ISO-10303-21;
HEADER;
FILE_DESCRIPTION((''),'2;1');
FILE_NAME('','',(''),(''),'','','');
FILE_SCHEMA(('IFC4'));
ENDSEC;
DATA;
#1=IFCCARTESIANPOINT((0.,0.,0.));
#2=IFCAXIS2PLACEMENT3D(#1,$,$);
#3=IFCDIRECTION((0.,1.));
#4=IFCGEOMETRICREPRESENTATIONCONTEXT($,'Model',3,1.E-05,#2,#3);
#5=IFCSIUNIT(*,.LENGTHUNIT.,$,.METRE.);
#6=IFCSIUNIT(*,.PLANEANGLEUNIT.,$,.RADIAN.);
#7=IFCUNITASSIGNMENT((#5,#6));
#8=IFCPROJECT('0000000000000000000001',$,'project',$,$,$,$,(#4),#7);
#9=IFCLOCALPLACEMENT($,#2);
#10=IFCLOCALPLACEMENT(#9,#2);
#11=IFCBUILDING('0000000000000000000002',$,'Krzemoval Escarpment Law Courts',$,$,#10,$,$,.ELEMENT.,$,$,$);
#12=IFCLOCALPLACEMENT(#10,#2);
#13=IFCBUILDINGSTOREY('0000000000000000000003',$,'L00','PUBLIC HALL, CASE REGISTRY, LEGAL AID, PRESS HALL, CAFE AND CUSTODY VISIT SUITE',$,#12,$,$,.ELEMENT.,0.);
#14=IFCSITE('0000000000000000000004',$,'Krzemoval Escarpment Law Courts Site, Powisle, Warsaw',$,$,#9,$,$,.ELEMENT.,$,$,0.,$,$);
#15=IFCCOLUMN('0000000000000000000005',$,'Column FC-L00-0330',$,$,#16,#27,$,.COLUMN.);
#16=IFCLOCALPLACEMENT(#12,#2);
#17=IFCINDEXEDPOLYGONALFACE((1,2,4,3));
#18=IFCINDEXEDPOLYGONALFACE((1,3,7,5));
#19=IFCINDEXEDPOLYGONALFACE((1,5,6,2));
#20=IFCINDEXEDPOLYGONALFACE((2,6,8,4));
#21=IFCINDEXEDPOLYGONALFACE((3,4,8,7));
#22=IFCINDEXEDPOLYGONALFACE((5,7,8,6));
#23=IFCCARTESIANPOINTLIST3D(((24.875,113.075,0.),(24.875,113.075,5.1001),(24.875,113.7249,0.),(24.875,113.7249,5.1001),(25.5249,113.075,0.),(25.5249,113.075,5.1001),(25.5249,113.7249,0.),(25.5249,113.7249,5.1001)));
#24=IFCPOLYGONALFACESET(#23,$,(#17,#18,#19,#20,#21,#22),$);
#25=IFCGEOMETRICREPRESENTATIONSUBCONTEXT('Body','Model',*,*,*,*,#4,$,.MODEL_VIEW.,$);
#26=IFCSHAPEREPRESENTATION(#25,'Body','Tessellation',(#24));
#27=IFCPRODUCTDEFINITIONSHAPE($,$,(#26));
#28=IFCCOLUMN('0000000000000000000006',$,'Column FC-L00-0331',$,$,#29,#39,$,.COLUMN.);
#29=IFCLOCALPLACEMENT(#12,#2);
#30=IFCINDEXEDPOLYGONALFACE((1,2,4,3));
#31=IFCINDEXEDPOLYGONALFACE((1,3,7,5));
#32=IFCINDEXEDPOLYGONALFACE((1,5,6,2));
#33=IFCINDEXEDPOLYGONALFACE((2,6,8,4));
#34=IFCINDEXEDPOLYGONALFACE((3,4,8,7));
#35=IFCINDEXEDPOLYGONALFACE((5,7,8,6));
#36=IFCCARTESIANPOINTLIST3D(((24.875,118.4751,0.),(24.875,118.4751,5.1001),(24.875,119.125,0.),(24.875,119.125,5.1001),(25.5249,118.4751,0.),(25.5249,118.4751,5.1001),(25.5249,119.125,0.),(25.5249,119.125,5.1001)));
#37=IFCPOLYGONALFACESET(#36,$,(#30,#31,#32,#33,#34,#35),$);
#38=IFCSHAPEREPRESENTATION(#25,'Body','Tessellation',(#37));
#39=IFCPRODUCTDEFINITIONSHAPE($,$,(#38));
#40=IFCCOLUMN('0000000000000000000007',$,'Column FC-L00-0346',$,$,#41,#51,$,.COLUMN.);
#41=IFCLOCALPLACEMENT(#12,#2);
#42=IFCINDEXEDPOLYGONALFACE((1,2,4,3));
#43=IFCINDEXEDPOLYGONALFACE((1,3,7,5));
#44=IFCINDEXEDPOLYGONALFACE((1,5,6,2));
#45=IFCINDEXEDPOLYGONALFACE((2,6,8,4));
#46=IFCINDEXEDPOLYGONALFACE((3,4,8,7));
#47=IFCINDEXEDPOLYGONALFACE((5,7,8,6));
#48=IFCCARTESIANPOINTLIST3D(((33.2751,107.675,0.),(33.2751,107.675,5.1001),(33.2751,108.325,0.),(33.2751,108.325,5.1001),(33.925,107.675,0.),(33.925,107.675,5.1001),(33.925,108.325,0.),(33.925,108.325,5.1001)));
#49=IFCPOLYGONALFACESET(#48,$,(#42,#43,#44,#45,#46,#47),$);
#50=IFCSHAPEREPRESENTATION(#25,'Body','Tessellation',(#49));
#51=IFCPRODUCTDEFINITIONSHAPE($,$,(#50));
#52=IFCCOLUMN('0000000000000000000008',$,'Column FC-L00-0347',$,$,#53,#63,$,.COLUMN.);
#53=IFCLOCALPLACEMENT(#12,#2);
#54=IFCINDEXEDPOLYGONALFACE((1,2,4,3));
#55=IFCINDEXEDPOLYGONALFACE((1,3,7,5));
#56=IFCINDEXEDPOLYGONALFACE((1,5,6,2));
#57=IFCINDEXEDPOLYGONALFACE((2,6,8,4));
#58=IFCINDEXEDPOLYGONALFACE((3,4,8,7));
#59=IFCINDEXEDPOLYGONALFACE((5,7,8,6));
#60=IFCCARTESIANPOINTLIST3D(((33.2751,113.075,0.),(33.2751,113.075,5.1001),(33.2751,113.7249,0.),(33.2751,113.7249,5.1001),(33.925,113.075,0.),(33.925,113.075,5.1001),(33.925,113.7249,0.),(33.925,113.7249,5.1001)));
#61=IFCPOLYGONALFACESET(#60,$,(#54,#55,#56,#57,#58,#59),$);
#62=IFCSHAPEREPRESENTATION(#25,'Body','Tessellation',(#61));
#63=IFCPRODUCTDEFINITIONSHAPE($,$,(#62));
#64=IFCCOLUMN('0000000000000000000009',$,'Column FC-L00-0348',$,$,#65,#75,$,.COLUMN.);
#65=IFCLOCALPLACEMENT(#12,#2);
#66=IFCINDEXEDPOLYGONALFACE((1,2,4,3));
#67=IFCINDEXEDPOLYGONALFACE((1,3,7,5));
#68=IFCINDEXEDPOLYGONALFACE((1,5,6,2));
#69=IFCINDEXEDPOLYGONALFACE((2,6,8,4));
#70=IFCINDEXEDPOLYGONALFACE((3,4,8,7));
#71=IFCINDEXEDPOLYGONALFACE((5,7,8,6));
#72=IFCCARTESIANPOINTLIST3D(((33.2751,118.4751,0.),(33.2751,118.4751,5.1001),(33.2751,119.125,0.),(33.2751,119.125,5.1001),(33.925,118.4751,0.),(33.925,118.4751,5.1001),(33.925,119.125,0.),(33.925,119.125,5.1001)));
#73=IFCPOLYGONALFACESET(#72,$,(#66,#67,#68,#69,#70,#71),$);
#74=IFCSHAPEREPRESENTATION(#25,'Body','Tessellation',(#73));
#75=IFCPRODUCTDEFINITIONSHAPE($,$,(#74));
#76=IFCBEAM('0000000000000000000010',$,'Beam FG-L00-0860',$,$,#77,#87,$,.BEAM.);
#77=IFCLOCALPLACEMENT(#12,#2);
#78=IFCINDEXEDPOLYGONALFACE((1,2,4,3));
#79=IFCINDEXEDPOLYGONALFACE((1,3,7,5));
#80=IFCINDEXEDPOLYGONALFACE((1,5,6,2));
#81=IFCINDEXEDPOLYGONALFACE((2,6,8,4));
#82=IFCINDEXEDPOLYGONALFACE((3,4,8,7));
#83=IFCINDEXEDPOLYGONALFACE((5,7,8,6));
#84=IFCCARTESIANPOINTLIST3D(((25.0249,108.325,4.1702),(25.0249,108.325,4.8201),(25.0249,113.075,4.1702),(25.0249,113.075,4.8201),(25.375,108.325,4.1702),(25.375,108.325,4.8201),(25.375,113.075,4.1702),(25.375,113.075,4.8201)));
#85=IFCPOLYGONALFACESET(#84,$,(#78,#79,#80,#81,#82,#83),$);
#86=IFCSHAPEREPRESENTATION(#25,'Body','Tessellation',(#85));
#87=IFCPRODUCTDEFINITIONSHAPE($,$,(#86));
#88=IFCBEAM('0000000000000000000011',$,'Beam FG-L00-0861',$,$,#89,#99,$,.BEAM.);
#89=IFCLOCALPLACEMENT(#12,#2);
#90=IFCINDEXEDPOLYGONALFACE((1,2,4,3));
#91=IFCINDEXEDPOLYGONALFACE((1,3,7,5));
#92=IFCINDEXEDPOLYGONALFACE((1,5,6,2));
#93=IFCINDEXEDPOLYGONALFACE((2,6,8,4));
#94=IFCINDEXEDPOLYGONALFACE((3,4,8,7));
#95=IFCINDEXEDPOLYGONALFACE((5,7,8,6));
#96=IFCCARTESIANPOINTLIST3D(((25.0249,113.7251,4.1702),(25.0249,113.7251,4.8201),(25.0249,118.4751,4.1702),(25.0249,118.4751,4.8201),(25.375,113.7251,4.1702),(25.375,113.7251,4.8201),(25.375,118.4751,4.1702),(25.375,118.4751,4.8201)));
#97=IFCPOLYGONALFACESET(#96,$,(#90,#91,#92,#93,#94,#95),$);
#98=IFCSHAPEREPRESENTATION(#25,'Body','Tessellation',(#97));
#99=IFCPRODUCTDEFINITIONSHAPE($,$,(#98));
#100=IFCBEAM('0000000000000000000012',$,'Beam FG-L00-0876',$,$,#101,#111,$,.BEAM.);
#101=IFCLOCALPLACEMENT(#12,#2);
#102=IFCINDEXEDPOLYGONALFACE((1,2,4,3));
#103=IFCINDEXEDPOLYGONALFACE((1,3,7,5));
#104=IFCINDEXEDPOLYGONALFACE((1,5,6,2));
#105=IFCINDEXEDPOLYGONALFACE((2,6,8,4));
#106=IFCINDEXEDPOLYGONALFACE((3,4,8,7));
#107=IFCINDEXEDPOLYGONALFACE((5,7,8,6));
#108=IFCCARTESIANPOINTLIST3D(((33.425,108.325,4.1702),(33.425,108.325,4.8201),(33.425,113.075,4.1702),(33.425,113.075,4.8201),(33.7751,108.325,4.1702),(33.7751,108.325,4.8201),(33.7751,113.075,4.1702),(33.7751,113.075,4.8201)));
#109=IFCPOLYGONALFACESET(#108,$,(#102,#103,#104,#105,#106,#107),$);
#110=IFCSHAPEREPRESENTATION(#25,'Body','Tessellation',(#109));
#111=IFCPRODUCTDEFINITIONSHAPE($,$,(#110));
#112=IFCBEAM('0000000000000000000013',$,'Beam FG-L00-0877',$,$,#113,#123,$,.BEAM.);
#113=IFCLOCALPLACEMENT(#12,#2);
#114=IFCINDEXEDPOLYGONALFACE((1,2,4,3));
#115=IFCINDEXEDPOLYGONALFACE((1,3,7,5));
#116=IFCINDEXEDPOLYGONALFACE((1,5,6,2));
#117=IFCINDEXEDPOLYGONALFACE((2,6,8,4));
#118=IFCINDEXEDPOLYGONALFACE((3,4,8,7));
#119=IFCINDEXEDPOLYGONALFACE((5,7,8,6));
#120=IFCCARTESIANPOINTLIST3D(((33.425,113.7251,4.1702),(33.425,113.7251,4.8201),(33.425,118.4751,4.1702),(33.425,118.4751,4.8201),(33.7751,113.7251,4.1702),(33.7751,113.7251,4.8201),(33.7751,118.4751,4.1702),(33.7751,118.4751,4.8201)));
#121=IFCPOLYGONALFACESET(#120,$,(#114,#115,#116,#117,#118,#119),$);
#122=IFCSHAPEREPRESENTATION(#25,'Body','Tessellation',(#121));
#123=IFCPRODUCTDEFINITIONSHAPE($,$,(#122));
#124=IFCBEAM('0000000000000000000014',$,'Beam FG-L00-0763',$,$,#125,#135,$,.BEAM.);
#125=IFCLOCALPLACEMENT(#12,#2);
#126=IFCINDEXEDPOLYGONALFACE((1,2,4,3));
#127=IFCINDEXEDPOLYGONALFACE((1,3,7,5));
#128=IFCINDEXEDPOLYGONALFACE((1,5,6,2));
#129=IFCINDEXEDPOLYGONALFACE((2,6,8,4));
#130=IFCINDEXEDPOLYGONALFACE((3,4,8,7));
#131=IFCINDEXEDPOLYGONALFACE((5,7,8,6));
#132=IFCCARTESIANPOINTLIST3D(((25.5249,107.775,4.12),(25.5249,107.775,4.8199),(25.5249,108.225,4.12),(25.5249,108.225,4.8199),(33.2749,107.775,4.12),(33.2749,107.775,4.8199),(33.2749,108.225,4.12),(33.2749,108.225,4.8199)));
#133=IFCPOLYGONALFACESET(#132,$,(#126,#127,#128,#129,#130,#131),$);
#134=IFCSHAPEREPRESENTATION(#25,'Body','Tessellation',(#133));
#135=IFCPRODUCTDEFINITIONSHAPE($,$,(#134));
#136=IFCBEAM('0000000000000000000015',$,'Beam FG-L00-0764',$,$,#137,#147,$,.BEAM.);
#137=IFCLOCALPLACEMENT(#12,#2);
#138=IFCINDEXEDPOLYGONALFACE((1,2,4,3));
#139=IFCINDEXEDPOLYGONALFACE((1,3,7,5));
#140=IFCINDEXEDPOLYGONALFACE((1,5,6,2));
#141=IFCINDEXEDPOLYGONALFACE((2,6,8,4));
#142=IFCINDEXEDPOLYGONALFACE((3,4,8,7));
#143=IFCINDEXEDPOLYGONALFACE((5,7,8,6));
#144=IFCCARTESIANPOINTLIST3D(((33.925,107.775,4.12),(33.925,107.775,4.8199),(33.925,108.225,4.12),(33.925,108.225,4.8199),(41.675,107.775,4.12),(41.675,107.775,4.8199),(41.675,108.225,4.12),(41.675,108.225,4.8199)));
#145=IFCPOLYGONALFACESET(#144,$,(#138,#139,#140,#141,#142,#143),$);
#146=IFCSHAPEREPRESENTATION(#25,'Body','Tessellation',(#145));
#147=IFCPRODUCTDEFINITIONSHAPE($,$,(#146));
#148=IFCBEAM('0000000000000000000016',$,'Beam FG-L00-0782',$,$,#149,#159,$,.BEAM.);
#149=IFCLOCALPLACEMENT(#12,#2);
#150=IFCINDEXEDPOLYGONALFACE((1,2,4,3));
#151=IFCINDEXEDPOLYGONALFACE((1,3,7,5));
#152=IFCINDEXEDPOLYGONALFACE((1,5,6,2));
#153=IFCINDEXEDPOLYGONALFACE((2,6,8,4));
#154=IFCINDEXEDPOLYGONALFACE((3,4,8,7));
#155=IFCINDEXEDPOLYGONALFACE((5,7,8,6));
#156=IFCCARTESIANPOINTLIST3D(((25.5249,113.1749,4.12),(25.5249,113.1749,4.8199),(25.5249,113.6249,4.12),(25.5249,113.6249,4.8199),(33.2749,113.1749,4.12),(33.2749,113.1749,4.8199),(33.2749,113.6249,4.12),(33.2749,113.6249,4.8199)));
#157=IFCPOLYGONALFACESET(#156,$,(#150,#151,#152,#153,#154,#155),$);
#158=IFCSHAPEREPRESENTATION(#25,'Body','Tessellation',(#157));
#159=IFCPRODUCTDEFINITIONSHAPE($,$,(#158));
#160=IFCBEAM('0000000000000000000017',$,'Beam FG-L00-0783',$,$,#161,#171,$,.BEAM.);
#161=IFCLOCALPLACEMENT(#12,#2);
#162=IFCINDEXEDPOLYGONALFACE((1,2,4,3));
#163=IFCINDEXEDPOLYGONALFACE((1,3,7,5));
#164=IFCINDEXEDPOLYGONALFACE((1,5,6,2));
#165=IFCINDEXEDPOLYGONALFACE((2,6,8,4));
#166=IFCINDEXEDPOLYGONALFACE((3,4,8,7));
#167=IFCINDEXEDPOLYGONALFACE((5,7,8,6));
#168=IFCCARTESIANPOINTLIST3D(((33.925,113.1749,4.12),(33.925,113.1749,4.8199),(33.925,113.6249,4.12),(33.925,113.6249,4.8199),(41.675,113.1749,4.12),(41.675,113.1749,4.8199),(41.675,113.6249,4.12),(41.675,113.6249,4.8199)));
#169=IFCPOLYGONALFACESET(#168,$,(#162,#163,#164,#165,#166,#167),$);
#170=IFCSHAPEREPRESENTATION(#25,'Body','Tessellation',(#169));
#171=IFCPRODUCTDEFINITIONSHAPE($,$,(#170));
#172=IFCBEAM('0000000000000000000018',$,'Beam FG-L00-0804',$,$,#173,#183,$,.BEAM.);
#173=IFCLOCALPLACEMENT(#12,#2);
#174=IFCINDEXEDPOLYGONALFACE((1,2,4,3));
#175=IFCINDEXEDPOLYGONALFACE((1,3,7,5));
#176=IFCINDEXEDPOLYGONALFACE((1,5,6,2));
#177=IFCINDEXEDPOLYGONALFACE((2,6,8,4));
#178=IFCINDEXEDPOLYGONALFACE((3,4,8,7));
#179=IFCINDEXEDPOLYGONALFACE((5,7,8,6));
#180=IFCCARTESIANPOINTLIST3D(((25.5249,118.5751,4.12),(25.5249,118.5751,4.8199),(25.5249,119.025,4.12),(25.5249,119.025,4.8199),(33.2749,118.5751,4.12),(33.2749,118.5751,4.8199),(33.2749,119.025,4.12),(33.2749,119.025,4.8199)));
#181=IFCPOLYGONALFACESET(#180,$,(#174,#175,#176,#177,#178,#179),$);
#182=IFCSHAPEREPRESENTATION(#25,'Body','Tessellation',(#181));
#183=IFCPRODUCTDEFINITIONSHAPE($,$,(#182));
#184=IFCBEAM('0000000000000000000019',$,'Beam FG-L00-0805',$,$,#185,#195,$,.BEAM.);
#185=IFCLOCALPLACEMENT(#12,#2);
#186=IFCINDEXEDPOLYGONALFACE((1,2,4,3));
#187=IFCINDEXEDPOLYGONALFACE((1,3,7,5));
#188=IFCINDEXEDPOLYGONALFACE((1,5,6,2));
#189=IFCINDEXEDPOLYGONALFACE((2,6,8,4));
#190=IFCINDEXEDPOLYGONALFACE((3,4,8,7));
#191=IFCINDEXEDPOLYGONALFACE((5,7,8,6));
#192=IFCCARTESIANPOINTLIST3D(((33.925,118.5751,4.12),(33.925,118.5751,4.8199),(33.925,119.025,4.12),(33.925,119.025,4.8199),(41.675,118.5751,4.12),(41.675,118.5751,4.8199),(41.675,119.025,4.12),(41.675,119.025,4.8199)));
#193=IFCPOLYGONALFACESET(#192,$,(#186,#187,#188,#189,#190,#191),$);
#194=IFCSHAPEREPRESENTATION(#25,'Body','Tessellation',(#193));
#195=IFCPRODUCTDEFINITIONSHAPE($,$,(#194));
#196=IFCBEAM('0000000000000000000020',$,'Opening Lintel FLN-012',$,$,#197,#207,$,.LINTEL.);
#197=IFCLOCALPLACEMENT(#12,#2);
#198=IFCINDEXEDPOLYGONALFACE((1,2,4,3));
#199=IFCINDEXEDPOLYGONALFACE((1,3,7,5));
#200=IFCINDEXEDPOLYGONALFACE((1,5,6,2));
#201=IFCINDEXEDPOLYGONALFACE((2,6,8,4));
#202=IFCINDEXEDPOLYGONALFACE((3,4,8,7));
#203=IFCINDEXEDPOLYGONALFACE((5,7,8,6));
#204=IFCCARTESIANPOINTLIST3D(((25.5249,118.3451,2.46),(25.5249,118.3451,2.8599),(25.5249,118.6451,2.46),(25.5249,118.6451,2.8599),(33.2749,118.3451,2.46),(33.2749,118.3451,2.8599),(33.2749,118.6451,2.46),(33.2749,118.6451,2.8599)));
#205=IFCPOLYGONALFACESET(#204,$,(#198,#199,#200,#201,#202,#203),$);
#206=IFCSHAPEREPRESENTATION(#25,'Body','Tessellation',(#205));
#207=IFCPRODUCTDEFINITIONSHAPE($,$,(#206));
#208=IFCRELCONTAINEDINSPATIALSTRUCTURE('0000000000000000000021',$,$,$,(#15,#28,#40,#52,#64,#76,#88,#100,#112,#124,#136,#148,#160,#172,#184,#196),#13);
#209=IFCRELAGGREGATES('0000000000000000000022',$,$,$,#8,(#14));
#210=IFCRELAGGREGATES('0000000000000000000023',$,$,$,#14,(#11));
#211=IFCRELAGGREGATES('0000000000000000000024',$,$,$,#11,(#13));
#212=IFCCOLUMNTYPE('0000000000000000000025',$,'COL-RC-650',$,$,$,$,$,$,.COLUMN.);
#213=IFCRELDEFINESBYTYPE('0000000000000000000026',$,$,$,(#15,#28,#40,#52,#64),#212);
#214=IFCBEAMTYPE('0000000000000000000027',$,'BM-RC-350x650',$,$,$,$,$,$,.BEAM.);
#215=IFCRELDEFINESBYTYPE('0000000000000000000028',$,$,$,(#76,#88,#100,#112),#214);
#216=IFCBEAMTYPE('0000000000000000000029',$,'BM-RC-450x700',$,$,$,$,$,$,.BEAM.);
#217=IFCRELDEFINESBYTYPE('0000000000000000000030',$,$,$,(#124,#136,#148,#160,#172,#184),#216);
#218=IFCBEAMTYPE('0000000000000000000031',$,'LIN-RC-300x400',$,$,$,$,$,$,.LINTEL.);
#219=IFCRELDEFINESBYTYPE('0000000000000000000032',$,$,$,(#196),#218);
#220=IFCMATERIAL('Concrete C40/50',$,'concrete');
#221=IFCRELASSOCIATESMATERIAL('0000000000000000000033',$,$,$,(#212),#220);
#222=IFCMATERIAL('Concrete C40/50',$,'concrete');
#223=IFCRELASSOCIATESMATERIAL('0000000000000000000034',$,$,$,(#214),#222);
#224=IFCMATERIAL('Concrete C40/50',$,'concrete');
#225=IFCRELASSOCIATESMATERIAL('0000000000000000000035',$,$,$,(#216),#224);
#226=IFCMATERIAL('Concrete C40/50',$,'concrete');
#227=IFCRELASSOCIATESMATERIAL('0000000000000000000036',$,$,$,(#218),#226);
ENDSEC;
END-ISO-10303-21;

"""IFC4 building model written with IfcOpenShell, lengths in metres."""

from ifc_helpers import new_model, si_unit, direction, frame, origin, origin_2d, place, context, subcontext, project, spatial, rectangle, extrude, material, material_profile, profile_set, type_object, element, save


model = new_model("IFC4")

# Units and contexts
model_context = context("Model", 3, precision=1e-05, world=origin(), true_north=direction((0.0, 1.0)))
body_context = subcontext(model_context, "Body", "Model", "MODEL_VIEW")
ifc_project = project(units=[si_unit("LENGTHUNIT", "METRE"), si_unit("PLANEANGLEUNIT", "RADIAN")], contexts=[model_context])

# Site, building, storey
site_placement = place(None, origin())
site = spatial("IfcSite", under=ifc_project, at=site_placement, Name="Krzemoval Escarpment Law Courts Site, Powisle, Warsaw", CompositionType="ELEMENT", RefElevation=0.0)
building_placement = place(site_placement, origin())
building = spatial("IfcBuilding", under=site, at=building_placement, Name="Krzemoval Escarpment Law Courts", CompositionType="ELEMENT")
storey_placement = place(building_placement, origin())
storey = spatial("IfcBuildingStorey", under=building, at=storey_placement, Name="L00", Description="PUBLIC HALL, CASE REGISTRY, LEGAL AID, PRESS HALL, CAFE AND CUSTODY VISIT SUITE", CompositionType="ELEMENT", Elevation=0.0)

# Columns
ifc_material_1 = material(Name="Concrete C40/50", Category="concrete")
ifc_material_profile_1 = material_profile(ifc_material_1, rectangle(XDim=0.6499, YDim=0.6499, at=origin_2d()), Name="RC 650x650")
ifc_profile_set_1 = profile_set([ifc_material_profile_1], Name="Concrete C40/50")
column_type = type_object("IfcColumnType", Name="COL-RC-650", PredefinedType="COLUMN", material=ifc_profile_set_1)
for number, where, z_axis, x_axis, name in (
    (1, (25.2, 113.3999, 0.0), (0.0, 0.0, 1.0), (1.0, 0.0, 0.0), "Column FC-L00-0330"),
    (2, (25.2, 118.8, 0.0), (0.0, 0.0, 1.0), (1.0, 0.0, 0.0), "Column FC-L00-0331"),
    (3, (33.6001, 108.0, 0.0), (0.0, 0.0, 1.0), (1.0, 0.0, 0.0), "Column FC-L00-0346"),
    (4, (33.6001, 113.3999, 0.0), (0.0, 0.0, 1.0), (1.0, 0.0, 0.0), "Column FC-L00-0347"),
    (5, (33.6001, 118.8, 0.0), (0.0, 0.0, 1.0), (1.0, 0.0, 0.0), "Column FC-L00-0348"),
):
    element("IfcColumn", number, at=place(storey_placement, frame(where, z_axis=z_axis, x_axis=x_axis)), inside=storey, type_object=column_type, Name=name, PredefinedType="COLUMN", context=body_context, shape_type="SweptSolid", body=[
        extrude(rectangle(XDim=0.6499, YDim=0.6499, at=origin_2d()), origin(), (0.0, 0.0, 1.0), 5.1001),
    ])

# Beams
ifc_material_2 = material(Name="Concrete C40/50", Category="concrete")
ifc_material_profile_2 = material_profile(ifc_material_2, rectangle(XDim=0.3501, YDim=0.6499, at=origin_2d()), Name="RCB 350x650")
ifc_profile_set_2 = profile_set([ifc_material_profile_2], Name="Concrete C40/50")
beam_type_1 = type_object("IfcBeamType", Name="BM-RC-350x650", PredefinedType="BEAM", material=ifc_profile_set_2)
for number, where, z_axis, x_axis, name in (
    (6, (25.2, 108.325, 4.4951), (0.0, 1.0, 0.0), (-1.0, 0.0, 0.0), "Beam FG-L00-0860"),
    (7, (25.2, 113.7251, 4.4951), (0.0, 1.0, 0.0), (-1.0, 0.0, 0.0), "Beam FG-L00-0861"),
    (8, (33.6001, 108.325, 4.4951), (0.0, 1.0, 0.0), (-1.0, 0.0, 0.0), "Beam FG-L00-0876"),
    (9, (33.6001, 113.7251, 4.4951), (0.0, 1.0, 0.0), (-1.0, 0.0, 0.0), "Beam FG-L00-0877"),
):
    element("IfcBeam", number, at=place(storey_placement, frame(where, z_axis=z_axis, x_axis=x_axis)), inside=storey, type_object=beam_type_1, Name=name, PredefinedType="BEAM", context=body_context, shape_type="SweptSolid", body=[
        extrude(rectangle(XDim=0.3501, YDim=0.6499, at=origin_2d()), origin(), (0.0, 0.0, 1.0), 4.75),
    ])
ifc_material_3 = material(Name="Concrete C40/50", Category="concrete")
ifc_material_profile_3 = material_profile(ifc_material_3, rectangle(XDim=0.45, YDim=0.7, at=origin_2d()), Name="RCB 450x700")
ifc_profile_set_3 = profile_set([ifc_material_profile_3], Name="Concrete C40/50")
beam_type_2 = type_object("IfcBeamType", Name="BM-RC-450x700", PredefinedType="BEAM", material=ifc_profile_set_3)
for number, where, z_axis, x_axis, name in (
    (10, (25.5249, 108.0, 4.47), (1.0, 0.0, 0.0), (0.0, 1.0, 0.0), "Beam FG-L00-0763"),
    (11, (33.925, 108.0, 4.47), (1.0, 0.0, 0.0), (0.0, 1.0, 0.0), "Beam FG-L00-0764"),
    (12, (25.5249, 113.3999, 4.47), (1.0, 0.0, 0.0), (0.0, 1.0, 0.0), "Beam FG-L00-0782"),
    (13, (33.925, 113.3999, 4.47), (1.0, 0.0, 0.0), (0.0, 1.0, 0.0), "Beam FG-L00-0783"),
    (14, (25.5249, 118.8, 4.47), (1.0, 0.0, 0.0), (0.0, 1.0, 0.0), "Beam FG-L00-0804"),
    (15, (33.925, 118.8, 4.47), (1.0, 0.0, 0.0), (0.0, 1.0, 0.0), "Beam FG-L00-0805"),
):
    element("IfcBeam", number, at=place(storey_placement, frame(where, z_axis=z_axis, x_axis=x_axis)), inside=storey, type_object=beam_type_2, Name=name, PredefinedType="BEAM", context=body_context, shape_type="SweptSolid", body=[
        extrude(rectangle(XDim=0.45, YDim=0.7, at=origin_2d()), origin(), (0.0, 0.0, 1.0), 7.75),
    ])
ifc_material_4 = material(Name="Concrete C40/50", Category="concrete")
ifc_material_profile_4 = material_profile(ifc_material_4, rectangle(XDim=0.3, YDim=0.3999, at=origin_2d()), Name="LIN 300x400")
ifc_profile_set_4 = profile_set([ifc_material_profile_4], Name="Concrete C40/50")
beam_type_3 = type_object("IfcBeamType", Name="LIN-RC-300x400", PredefinedType="LINTEL", material=ifc_profile_set_4)
beam_placement = place(storey_placement, frame((25.5249, 118.4951, 2.6599), z_axis=(1.0, 0.0, 0.0), x_axis=(0.0, 1.0, 0.0)))
element("IfcBeam", 16, at=beam_placement, inside=storey, type_object=beam_type_3, Name="Opening Lintel FLN-012", PredefinedType="LINTEL", context=body_context, shape_type="SweptSolid", body=[
    extrude(rectangle(XDim=0.3, YDim=0.3999, at=origin_2d()), origin(), (0.0, 0.0, 1.0), 7.75),
])

save(model, "model.ifc")
